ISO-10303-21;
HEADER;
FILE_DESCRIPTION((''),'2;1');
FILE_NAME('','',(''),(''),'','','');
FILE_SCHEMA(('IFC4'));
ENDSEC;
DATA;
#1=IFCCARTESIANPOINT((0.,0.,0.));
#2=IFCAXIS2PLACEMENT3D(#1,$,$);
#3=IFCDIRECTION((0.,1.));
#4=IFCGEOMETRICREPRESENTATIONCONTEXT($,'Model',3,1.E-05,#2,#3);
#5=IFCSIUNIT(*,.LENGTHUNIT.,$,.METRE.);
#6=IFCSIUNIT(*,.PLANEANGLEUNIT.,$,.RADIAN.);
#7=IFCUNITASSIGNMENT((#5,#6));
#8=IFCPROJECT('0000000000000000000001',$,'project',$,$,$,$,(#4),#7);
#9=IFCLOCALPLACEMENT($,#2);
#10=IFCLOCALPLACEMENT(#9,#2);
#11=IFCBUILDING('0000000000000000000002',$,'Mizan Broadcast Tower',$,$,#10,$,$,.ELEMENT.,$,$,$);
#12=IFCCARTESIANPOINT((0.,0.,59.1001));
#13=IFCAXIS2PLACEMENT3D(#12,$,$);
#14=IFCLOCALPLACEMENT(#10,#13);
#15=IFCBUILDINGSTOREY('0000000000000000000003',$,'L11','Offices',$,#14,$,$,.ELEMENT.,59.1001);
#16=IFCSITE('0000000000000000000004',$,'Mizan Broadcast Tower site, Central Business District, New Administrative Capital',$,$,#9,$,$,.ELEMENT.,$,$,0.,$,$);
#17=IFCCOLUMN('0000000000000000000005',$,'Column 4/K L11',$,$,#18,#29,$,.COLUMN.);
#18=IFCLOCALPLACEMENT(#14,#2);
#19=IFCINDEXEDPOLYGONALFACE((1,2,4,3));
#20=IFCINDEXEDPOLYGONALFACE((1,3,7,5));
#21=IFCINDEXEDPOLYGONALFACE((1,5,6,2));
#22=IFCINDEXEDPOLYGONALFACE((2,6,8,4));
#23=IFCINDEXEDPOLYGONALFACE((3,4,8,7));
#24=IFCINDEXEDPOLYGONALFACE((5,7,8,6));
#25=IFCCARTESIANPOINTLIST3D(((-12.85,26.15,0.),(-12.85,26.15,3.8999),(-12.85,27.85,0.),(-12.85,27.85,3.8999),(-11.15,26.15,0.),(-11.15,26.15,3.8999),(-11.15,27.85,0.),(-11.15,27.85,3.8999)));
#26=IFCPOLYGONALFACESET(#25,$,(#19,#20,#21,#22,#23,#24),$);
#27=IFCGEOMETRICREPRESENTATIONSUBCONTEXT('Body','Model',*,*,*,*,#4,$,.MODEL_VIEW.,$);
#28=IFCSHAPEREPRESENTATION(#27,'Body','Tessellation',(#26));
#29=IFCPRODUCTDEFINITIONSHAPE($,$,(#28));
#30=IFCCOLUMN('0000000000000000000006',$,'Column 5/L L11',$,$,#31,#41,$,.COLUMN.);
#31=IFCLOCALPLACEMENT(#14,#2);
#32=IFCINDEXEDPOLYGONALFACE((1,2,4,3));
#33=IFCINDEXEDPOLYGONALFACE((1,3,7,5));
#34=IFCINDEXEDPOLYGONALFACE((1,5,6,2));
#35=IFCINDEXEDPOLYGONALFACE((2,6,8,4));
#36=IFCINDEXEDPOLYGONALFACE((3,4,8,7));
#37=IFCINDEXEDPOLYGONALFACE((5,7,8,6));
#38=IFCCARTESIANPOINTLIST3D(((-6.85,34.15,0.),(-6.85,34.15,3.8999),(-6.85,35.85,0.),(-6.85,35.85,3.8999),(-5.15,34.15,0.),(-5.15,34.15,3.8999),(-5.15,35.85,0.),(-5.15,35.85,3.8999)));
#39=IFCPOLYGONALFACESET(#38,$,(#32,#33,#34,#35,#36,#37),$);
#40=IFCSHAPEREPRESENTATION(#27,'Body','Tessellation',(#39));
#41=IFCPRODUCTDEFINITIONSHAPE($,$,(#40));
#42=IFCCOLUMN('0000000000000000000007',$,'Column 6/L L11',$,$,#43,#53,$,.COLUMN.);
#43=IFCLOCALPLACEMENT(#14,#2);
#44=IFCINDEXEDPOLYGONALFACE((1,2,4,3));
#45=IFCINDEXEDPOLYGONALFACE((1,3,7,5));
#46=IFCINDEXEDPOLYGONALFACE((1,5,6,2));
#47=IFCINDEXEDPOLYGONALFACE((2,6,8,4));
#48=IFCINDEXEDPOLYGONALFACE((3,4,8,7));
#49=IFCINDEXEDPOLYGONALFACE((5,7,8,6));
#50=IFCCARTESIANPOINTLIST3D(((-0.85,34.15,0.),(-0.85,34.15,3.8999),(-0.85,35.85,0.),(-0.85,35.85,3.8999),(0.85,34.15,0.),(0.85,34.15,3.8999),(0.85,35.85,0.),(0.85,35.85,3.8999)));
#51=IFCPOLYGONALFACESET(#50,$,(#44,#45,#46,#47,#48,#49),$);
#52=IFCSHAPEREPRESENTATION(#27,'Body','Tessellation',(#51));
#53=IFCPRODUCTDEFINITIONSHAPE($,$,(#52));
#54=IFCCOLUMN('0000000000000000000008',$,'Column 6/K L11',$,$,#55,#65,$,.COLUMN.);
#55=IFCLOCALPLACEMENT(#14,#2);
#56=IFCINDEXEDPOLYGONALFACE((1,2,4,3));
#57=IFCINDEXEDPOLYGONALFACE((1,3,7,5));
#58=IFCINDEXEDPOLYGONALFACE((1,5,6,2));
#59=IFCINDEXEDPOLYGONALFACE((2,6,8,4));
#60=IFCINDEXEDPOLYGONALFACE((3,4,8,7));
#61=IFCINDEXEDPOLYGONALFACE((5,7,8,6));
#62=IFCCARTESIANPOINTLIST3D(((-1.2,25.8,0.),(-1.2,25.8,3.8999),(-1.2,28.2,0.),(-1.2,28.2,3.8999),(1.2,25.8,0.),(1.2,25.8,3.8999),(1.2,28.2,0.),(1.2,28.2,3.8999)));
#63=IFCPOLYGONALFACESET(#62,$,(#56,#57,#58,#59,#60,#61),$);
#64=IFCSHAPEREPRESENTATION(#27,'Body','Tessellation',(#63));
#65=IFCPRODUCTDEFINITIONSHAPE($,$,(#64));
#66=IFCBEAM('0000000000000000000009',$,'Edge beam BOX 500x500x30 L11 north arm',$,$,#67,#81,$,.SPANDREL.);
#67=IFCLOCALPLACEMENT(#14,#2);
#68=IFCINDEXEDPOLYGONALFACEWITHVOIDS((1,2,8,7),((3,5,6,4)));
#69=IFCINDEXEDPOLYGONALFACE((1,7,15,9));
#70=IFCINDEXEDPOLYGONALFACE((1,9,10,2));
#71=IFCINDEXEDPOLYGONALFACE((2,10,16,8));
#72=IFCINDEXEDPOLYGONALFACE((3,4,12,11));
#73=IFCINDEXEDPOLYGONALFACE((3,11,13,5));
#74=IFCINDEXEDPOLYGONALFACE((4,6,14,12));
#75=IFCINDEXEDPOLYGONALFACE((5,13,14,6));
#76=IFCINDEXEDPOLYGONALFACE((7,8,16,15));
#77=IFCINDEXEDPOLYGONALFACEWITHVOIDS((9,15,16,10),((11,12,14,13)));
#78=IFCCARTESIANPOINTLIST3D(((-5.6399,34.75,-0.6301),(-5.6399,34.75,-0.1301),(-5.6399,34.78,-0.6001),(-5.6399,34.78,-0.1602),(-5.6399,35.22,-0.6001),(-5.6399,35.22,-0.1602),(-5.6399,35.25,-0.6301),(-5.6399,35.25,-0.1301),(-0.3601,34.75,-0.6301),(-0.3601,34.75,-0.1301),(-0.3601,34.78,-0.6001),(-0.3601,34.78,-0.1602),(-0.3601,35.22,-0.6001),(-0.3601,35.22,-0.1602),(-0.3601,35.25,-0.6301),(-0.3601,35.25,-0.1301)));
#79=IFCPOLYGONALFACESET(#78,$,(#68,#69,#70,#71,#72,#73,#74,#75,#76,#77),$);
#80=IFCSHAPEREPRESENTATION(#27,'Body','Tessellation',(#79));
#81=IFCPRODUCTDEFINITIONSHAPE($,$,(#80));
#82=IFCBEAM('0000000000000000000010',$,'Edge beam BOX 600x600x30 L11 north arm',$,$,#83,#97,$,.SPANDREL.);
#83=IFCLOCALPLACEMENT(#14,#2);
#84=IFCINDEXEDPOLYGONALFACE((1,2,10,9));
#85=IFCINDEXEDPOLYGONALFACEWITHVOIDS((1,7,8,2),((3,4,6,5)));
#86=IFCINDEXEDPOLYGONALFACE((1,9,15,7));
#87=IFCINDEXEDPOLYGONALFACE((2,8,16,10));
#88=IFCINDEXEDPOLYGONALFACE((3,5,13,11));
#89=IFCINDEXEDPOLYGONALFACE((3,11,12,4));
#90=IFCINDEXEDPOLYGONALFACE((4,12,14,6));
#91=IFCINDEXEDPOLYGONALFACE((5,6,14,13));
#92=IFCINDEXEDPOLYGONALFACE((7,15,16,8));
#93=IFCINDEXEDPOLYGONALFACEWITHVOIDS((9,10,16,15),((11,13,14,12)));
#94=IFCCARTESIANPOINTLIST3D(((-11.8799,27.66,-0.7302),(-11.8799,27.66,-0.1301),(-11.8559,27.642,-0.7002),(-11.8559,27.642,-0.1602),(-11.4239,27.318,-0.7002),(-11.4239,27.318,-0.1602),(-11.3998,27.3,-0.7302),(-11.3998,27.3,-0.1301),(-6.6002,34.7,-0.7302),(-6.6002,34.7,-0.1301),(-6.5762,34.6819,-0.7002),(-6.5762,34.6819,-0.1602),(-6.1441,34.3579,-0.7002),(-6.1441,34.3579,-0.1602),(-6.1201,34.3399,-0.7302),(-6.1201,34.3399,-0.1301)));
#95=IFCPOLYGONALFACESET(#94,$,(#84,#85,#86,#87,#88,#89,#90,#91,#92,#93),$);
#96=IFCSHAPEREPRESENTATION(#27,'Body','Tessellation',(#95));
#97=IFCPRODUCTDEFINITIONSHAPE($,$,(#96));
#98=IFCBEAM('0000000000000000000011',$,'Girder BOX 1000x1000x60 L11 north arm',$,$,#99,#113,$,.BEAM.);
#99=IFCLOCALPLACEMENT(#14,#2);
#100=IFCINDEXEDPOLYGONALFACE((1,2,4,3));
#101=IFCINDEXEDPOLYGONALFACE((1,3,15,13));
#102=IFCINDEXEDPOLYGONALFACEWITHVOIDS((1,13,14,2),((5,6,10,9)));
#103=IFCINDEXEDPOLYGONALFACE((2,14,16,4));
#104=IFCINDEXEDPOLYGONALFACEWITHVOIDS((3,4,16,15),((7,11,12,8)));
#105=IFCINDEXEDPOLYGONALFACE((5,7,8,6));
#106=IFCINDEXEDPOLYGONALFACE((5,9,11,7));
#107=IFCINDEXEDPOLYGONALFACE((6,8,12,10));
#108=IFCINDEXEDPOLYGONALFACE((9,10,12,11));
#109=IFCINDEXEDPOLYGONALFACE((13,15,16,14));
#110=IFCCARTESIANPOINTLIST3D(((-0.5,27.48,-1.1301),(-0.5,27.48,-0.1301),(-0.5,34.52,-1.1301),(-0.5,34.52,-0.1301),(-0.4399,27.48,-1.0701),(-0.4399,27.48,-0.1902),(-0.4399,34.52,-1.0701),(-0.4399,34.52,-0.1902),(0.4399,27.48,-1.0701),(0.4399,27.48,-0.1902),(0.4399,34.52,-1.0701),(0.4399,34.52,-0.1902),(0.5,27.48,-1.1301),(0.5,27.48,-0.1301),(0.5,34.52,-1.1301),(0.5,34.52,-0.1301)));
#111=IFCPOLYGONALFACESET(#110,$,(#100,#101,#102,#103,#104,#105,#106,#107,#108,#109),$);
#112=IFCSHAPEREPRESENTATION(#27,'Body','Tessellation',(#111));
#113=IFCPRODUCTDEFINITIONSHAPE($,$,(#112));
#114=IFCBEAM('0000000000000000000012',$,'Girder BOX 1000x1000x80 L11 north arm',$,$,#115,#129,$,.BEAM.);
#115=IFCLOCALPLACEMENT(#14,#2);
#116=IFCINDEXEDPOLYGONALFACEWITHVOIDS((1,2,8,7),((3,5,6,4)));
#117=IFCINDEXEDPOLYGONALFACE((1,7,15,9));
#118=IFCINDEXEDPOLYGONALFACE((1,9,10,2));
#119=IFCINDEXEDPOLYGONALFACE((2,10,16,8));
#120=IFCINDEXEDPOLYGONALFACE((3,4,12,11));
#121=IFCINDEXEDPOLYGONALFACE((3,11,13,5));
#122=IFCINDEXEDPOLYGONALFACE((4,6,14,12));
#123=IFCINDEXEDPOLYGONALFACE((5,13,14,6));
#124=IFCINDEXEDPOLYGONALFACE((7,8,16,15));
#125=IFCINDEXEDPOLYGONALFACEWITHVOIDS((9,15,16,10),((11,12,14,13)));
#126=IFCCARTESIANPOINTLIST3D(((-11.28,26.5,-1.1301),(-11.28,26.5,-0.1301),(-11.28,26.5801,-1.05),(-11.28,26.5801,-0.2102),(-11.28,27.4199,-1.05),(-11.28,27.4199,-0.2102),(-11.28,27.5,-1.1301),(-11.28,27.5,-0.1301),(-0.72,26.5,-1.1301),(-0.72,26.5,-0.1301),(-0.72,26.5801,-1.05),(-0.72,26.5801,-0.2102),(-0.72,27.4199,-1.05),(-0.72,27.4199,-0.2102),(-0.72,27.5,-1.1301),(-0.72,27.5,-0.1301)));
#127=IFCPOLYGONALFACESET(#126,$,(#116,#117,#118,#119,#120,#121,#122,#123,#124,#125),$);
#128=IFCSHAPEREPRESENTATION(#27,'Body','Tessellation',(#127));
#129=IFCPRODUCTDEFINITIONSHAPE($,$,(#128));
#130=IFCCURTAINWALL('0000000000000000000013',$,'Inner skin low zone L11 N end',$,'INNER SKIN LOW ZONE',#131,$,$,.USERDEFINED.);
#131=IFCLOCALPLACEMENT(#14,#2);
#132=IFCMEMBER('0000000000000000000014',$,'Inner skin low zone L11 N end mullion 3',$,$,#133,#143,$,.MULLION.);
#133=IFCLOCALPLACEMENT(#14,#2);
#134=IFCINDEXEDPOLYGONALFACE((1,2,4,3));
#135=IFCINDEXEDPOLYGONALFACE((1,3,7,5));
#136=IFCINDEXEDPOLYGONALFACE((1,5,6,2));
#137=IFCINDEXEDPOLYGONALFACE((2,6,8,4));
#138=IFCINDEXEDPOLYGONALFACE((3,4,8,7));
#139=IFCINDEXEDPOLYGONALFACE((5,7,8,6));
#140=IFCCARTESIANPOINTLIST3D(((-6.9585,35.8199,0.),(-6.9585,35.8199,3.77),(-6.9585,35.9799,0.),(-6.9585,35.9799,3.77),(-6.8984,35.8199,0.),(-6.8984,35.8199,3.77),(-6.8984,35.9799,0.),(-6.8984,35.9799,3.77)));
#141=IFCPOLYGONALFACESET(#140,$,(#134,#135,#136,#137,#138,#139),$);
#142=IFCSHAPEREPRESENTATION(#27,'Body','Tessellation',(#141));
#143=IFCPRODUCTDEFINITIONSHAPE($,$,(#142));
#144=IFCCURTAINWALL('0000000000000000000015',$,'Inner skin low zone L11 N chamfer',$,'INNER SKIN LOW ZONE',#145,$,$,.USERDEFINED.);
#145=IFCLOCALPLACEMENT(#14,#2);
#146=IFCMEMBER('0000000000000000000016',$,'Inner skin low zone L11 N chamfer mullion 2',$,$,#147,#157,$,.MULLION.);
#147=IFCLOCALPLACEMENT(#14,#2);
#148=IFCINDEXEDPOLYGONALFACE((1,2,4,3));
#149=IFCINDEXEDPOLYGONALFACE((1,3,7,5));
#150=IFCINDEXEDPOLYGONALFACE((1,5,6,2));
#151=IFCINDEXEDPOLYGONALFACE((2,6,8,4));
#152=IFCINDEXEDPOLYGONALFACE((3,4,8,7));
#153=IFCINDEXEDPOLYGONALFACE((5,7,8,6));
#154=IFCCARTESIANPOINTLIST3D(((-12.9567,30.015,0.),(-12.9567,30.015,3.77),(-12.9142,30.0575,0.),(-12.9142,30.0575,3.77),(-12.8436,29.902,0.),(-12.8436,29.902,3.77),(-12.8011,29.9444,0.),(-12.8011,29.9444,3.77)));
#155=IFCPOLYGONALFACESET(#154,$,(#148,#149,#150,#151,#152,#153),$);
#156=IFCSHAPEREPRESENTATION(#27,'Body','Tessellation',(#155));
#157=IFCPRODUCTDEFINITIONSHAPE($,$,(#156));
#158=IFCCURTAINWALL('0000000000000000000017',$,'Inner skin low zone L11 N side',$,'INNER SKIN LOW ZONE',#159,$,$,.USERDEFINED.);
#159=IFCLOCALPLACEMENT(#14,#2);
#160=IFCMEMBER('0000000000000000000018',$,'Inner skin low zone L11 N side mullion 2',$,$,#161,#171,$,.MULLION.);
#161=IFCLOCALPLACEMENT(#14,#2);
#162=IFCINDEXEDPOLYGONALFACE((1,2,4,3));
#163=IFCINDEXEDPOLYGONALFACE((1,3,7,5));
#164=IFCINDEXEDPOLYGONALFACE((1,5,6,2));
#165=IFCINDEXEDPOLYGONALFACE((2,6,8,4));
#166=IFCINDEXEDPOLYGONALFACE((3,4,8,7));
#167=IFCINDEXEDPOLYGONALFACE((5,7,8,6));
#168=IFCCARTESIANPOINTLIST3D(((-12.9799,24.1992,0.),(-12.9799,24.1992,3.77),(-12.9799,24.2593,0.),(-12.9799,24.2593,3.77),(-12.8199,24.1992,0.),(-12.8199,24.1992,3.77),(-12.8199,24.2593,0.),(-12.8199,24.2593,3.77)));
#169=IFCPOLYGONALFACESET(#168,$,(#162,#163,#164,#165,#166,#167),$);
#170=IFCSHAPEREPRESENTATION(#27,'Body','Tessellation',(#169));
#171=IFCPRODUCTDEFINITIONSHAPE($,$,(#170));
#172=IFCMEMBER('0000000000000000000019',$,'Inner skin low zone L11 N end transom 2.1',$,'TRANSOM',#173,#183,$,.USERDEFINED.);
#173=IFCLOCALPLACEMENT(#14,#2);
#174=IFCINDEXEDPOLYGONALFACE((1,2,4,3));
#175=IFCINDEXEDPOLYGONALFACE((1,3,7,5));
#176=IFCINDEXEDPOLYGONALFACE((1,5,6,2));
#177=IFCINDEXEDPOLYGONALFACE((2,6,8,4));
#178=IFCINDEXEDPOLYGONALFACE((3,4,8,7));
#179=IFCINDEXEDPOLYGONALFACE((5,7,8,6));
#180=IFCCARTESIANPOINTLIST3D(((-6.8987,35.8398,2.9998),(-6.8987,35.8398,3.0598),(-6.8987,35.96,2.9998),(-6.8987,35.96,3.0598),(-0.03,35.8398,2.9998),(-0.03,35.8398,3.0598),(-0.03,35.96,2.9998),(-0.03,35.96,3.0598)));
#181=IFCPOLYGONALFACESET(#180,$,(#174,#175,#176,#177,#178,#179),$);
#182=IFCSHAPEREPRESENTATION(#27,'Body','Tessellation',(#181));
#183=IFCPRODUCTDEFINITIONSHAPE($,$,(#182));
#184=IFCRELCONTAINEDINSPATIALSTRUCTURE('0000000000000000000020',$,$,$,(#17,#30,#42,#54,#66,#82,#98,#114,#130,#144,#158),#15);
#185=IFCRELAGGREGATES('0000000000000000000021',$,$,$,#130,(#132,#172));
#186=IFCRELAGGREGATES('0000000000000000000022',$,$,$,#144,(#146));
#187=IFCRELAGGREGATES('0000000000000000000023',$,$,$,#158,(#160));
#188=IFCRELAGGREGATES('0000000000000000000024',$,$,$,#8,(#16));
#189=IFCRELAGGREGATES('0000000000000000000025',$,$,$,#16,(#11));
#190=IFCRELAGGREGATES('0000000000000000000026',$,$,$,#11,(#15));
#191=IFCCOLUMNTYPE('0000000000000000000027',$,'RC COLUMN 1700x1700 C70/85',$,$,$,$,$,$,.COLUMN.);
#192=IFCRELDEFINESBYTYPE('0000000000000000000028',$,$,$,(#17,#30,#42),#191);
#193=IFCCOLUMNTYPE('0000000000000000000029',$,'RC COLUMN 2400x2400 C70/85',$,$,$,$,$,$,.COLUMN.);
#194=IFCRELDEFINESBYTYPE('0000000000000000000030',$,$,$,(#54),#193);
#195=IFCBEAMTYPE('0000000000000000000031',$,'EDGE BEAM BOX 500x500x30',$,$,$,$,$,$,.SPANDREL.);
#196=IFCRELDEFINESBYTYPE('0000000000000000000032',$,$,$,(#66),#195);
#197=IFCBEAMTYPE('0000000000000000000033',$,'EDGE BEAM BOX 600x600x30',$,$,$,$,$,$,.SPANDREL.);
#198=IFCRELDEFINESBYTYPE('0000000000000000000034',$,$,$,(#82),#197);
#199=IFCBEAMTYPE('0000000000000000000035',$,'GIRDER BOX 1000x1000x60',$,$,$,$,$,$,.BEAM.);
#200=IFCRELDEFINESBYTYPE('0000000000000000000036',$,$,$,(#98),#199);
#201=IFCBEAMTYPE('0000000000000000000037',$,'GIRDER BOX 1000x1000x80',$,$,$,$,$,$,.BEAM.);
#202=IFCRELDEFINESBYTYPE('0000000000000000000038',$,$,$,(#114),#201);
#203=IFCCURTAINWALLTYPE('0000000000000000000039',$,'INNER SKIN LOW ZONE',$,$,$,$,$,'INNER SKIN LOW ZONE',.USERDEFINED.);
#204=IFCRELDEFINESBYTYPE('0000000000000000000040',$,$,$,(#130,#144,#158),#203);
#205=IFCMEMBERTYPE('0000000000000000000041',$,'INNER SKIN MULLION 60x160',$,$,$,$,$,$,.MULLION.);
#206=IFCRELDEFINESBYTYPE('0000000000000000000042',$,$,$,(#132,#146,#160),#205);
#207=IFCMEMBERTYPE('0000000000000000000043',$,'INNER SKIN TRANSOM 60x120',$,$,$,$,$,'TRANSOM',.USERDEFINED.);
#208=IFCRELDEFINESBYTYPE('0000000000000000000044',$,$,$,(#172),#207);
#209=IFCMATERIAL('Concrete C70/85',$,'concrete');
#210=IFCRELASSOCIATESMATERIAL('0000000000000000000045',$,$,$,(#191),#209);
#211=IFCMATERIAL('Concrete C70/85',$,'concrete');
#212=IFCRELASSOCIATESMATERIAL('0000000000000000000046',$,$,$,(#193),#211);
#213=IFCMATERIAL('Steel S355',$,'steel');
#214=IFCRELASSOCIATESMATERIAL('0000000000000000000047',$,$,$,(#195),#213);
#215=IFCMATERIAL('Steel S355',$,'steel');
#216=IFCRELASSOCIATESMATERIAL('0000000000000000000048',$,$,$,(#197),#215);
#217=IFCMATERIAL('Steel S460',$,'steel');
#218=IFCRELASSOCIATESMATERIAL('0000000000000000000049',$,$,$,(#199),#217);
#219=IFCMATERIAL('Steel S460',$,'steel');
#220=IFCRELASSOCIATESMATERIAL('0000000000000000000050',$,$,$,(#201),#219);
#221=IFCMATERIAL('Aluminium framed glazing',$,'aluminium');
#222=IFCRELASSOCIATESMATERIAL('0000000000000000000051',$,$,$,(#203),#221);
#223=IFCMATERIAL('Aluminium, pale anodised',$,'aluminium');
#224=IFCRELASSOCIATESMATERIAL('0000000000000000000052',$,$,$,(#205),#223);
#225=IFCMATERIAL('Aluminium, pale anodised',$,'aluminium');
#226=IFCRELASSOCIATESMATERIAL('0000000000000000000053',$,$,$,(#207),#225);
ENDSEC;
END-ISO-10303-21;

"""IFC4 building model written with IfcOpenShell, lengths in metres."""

from ifc_helpers import new_model, si_unit, direction, frame, origin, origin_2d, place, context, subcontext, project, spatial, rectangle, hollow_rectangle, extrude, material, material_profile, profile_set, type_object, element, aggregate, save


model = new_model("IFC4")

# Units and contexts
model_context = context("Model", 3, precision=1e-05, world=origin(), true_north=direction((0.0, 1.0)))
body_context = subcontext(model_context, "Body", "Model", "MODEL_VIEW")
ifc_project = project(units=[si_unit("LENGTHUNIT", "METRE"), si_unit("PLANEANGLEUNIT", "RADIAN")], contexts=[model_context])

# Site, building, storey
site_placement = place(None, origin())
site = spatial("IfcSite", under=ifc_project, at=site_placement, Name="Mizan Broadcast Tower site, Central Business District, New Administrative Capital", CompositionType="ELEMENT", RefElevation=0.0)
building_placement = place(site_placement, origin())
building = spatial("IfcBuilding", under=site, at=building_placement, Name="Mizan Broadcast Tower", CompositionType="ELEMENT")
storey_placement = place(building_placement, frame((0.0, 0.0, 59.1001)))
storey = spatial("IfcBuildingStorey", under=building, at=storey_placement, Name="L11", Description="Offices", CompositionType="ELEMENT", Elevation=59.1001)

# Columns
ifc_material_1 = material(Name="Concrete C70/85", Category="concrete")
ifc_material_profile_1 = material_profile(ifc_material_1, rectangle(XDim=1.7, YDim=1.7, at=origin_2d()), Name="RC 1700x1700")
ifc_profile_set_1 = profile_set([ifc_material_profile_1], Name="Concrete C70/85")
column_type_1 = type_object("IfcColumnType", Name="RC COLUMN 1700x1700 C70/85", PredefinedType="COLUMN", material=ifc_profile_set_1)
for number, where, z_axis, x_axis, name in (
    (1, (-12.0, 27.0, 0.0), (0.0, 0.0, 1.0), (1.0, 0.0, 0.0), "Column 4/K L11"),
    (2, (-6.0, 35.0, 0.0), (0.0, 0.0, 1.0), (1.0, 0.0, 0.0), "Column 5/L L11"),
    (3, (0.0, 35.0, 0.0), (0.0, 0.0, 1.0), (1.0, 0.0, 0.0), "Column 6/L L11"),
):
    element("IfcColumn", number, at=place(storey_placement, frame(where, z_axis=z_axis, x_axis=x_axis)), inside=storey, type_object=column_type_1, Name=name, PredefinedType="COLUMN", context=body_context, shape_type="SweptSolid", body=[
        extrude(rectangle(XDim=1.7, YDim=1.7, at=origin_2d()), origin(), (0.0, 0.0, 1.0), 3.8999),
    ])
ifc_material_2 = material(Name="Concrete C70/85", Category="concrete")
ifc_material_profile_2 = material_profile(ifc_material_2, rectangle(XDim=2.3999, YDim=2.3999, at=origin_2d()), Name="RC 2400x2400")
ifc_profile_set_2 = profile_set([ifc_material_profile_2], Name="Concrete C70/85")
column_type_2 = type_object("IfcColumnType", Name="RC COLUMN 2400x2400 C70/85", PredefinedType="COLUMN", material=ifc_profile_set_2)
column_placement = place(storey_placement, frame((0.0, 27.0, 0.0), z_axis=(0.0, 0.0, 1.0), x_axis=(1.0, 0.0, 0.0)))
element("IfcColumn", 4, at=column_placement, inside=storey, type_object=column_type_2, Name="Column 6/K L11", PredefinedType="COLUMN", context=body_context, shape_type="SweptSolid", body=[
    extrude(rectangle(XDim=2.3999, YDim=2.3999, at=origin_2d()), origin(), (0.0, 0.0, 1.0), 3.8999),
])

# Beams
ifc_material_3 = material(Name="Steel S355", Category="steel")
ifc_material_profile_3 = material_profile(ifc_material_3, hollow_rectangle(XDim=0.5, YDim=0.5, WallThickness=0.03, at=origin_2d()), Name="BOX 500x500x30")
ifc_profile_set_3 = profile_set([ifc_material_profile_3], Name="Steel S355")
beam_type_1 = type_object("IfcBeamType", Name="EDGE BEAM BOX 500x500x30", PredefinedType="SPANDREL", material=ifc_profile_set_3)
beam_1_placement = place(storey_placement, frame((-5.6399, 35.0, -0.3801), z_axis=(1.0, 0.0, 0.0), x_axis=(0.0, 1.0, 0.0)))
element("IfcBeam", 5, at=beam_1_placement, inside=storey, type_object=beam_type_1, Name="Edge beam BOX 500x500x30 L11 north arm", PredefinedType="SPANDREL", context=body_context, shape_type="SweptSolid", body=[
    extrude(hollow_rectangle(XDim=0.5, YDim=0.5, WallThickness=0.03, at=origin_2d()), origin(), (0.0, 0.0, 1.0), 5.2798),
])
ifc_material_4 = material(Name="Steel S355", Category="steel")
ifc_material_profile_4 = material_profile(ifc_material_4, hollow_rectangle(XDim=0.6001, YDim=0.6001, WallThickness=0.03, at=origin_2d()), Name="BOX 600x600x30")
ifc_profile_set_4 = profile_set([ifc_material_profile_4], Name="Steel S355")
beam_type_2 = type_object("IfcBeamType", Name="EDGE BEAM BOX 600x600x30", PredefinedType="SPANDREL", material=ifc_profile_set_4)
beam_2_placement = place(storey_placement, frame((-11.6399, 27.48, -0.4302), z_axis=(0.599982, 0.800013, 0.0), x_axis=(-0.800013, 0.599982, 0.0)))
element("IfcBeam", 6, at=beam_2_placement, inside=storey, type_object=beam_type_2, Name="Edge beam BOX 600x600x30 L11 north arm", PredefinedType="SPANDREL", context=body_context, shape_type="SweptSolid", body=[
    extrude(hollow_rectangle(XDim=0.6001, YDim=0.6001, WallThickness=0.03, at=origin_2d()), origin(), (0.0, 0.0, 1.0), 8.7998),
])
ifc_material_5 = material(Name="Steel S460", Category="steel")
ifc_material_profile_5 = material_profile(ifc_material_5, hollow_rectangle(XDim=1.0, YDim=1.0, WallThickness=0.0601, at=origin_2d()), Name="BOX 1000x1000x60")
ifc_profile_set_5 = profile_set([ifc_material_profile_5], Name="Steel S460")
beam_type_3 = type_object("IfcBeamType", Name="GIRDER BOX 1000x1000x60", PredefinedType="BEAM", material=ifc_profile_set_5)
beam_3_placement = place(storey_placement, frame((0.0, 27.48, -0.6301), z_axis=(0.0, 1.0, 0.0), x_axis=(-1.0, 0.0, 0.0)))
element("IfcBeam", 7, at=beam_3_placement, inside=storey, type_object=beam_type_3, Name="Girder BOX 1000x1000x60 L11 north arm", PredefinedType="BEAM", context=body_context, shape_type="SweptSolid", body=[
    extrude(hollow_rectangle(XDim=1.0, YDim=1.0, WallThickness=0.0601, at=origin_2d()), origin(), (0.0, 0.0, 1.0), 7.04),
])
ifc_material_6 = material(Name="Steel S460", Category="steel")
ifc_material_profile_6 = material_profile(ifc_material_6, hollow_rectangle(XDim=1.0, YDim=1.0, WallThickness=0.0801, at=origin_2d()), Name="BOX 1000x1000x80")
ifc_profile_set_6 = profile_set([ifc_material_profile_6], Name="Steel S460")
beam_type_4 = type_object("IfcBeamType", Name="GIRDER BOX 1000x1000x80", PredefinedType="BEAM", material=ifc_profile_set_6)
beam_4_placement = place(storey_placement, frame((-11.28, 27.0, -0.6301), z_axis=(1.0, 0.0, 0.0), x_axis=(0.0, 1.0, 0.0)))
element("IfcBeam", 8, at=beam_4_placement, inside=storey, type_object=beam_type_4, Name="Girder BOX 1000x1000x80 L11 north arm", PredefinedType="BEAM", context=body_context, shape_type="SweptSolid", body=[
    extrude(hollow_rectangle(XDim=1.0, YDim=1.0, WallThickness=0.0801, at=origin_2d()), origin(), (0.0, 0.0, 1.0), 10.5601),
])

# Curtain walls, members
ifc_material_7 = material(Name="Aluminium framed glazing", Category="aluminium")
curtain_wall_type_1 = type_object("IfcCurtainWallType", Name="INNER SKIN LOW ZONE", ElementType="INNER SKIN LOW ZONE", PredefinedType="USERDEFINED", material=ifc_material_7)
curtain_wall_1_placement = place(storey_placement, origin())
curtain_wall_1 = element("IfcCurtainWall", 9, at=curtain_wall_1_placement, inside=storey, type_object=curtain_wall_type_1, Name="Inner skin low zone L11 N end", ObjectType="INNER SKIN LOW ZONE", PredefinedType="USERDEFINED")
ifc_material_8 = material(Name="Aluminium, pale anodised", Category="aluminium")
ifc_material_profile_7 = material_profile(ifc_material_8, rectangle(XDim=0.1599, YDim=0.0601, at=origin_2d()), Name="MULLION 160x60")
ifc_profile_set_7 = profile_set([ifc_material_profile_7], Name="Aluminium, pale anodised")
member_type_1 = type_object("IfcMemberType", Name="INNER SKIN MULLION 60x160", PredefinedType="MULLION", material=ifc_profile_set_7)
member_1_placement = place(storey_placement, frame((-6.9285, 35.8999, 0.0), z_axis=(0.0, 0.0, 1.0), x_axis=(0.0, -1.0, 0.0)))
member_1 = element("IfcMember", 10, at=member_1_placement, type_object=member_type_1, Name="Inner skin low zone L11 N end mullion 3", PredefinedType="MULLION", context=body_context, shape_type="SweptSolid", body=[
    extrude(rectangle(XDim=0.1599, YDim=0.0601, at=origin_2d()), origin(), (0.0, 0.0, 1.0), 3.77),
])
curtain_wall_2_placement = place(storey_placement, origin())
curtain_wall_2 = element("IfcCurtainWall", 11, at=curtain_wall_2_placement, inside=storey, type_object=curtain_wall_type_1, Name="Inner skin low zone L11 N chamfer", ObjectType="INNER SKIN LOW ZONE", PredefinedType="USERDEFINED")
member_2_placement = place(storey_placement, frame((-12.8789, 29.9797, 0.0), z_axis=(0.0, 0.0, 1.0), x_axis=(0.707107, -0.707107, 0.0)))
member_2 = element("IfcMember", 12, at=member_2_placement, type_object=member_type_1, Name="Inner skin low zone L11 N chamfer mullion 2", PredefinedType="MULLION", context=body_context, shape_type="SweptSolid", body=[
    extrude(rectangle(XDim=0.1599, YDim=0.0601, at=origin_2d()), origin(), (0.0, 0.0, 1.0), 3.77),
])
curtain_wall_3_placement = place(storey_placement, origin())
curtain_wall_3 = element("IfcCurtainWall", 13, at=curtain_wall_3_placement, inside=storey, type_object=curtain_wall_type_1, Name="Inner skin low zone L11 N side", ObjectType="INNER SKIN LOW ZONE", PredefinedType="USERDEFINED")
member_3_placement = place(storey_placement, frame((-12.8999, 24.2292, 0.0), z_axis=(0.0, 0.0, 1.0), x_axis=(1.0, 0.0, 0.0)))
member_3 = element("IfcMember", 14, at=member_3_placement, type_object=member_type_1, Name="Inner skin low zone L11 N side mullion 2", PredefinedType="MULLION", context=body_context, shape_type="SweptSolid", body=[
    extrude(rectangle(XDim=0.1599, YDim=0.0601, at=origin_2d()), origin(), (0.0, 0.0, 1.0), 3.77),
])

# Member
ifc_material_9 = material(Name="Aluminium, pale anodised", Category="aluminium")
ifc_material_profile_8 = material_profile(ifc_material_9, rectangle(XDim=0.1201, YDim=0.0601, at=origin_2d()), Name="TRANSOM 120x60")
ifc_profile_set_8 = profile_set([ifc_material_profile_8], Name="Aluminium, pale anodised")
member_type_2 = type_object("IfcMemberType", Name="INNER SKIN TRANSOM 60x120", ElementType="TRANSOM", PredefinedType="USERDEFINED", material=ifc_profile_set_8)
member_4_placement = place(storey_placement, frame((-0.03, 35.8999, 3.0298), z_axis=(-1.0, 0.0, 0.0), x_axis=(0.0, -1.0, 0.0)))
member_4 = element("IfcMember", 15, at=member_4_placement, type_object=member_type_2, Name="Inner skin low zone L11 N end transom 2.1", ObjectType="TRANSOM", PredefinedType="USERDEFINED", context=body_context, shape_type="SweptSolid", body=[
    extrude(rectangle(XDim=0.1201, YDim=0.0601, at=origin_2d()), origin(), (0.0, 0.0, 1.0), 6.8687),
])

aggregate(curtain_wall_1, [member_1, member_4])
aggregate(curtain_wall_2, [member_2])
aggregate(curtain_wall_3, [member_3])

save(model, "model.ifc")
